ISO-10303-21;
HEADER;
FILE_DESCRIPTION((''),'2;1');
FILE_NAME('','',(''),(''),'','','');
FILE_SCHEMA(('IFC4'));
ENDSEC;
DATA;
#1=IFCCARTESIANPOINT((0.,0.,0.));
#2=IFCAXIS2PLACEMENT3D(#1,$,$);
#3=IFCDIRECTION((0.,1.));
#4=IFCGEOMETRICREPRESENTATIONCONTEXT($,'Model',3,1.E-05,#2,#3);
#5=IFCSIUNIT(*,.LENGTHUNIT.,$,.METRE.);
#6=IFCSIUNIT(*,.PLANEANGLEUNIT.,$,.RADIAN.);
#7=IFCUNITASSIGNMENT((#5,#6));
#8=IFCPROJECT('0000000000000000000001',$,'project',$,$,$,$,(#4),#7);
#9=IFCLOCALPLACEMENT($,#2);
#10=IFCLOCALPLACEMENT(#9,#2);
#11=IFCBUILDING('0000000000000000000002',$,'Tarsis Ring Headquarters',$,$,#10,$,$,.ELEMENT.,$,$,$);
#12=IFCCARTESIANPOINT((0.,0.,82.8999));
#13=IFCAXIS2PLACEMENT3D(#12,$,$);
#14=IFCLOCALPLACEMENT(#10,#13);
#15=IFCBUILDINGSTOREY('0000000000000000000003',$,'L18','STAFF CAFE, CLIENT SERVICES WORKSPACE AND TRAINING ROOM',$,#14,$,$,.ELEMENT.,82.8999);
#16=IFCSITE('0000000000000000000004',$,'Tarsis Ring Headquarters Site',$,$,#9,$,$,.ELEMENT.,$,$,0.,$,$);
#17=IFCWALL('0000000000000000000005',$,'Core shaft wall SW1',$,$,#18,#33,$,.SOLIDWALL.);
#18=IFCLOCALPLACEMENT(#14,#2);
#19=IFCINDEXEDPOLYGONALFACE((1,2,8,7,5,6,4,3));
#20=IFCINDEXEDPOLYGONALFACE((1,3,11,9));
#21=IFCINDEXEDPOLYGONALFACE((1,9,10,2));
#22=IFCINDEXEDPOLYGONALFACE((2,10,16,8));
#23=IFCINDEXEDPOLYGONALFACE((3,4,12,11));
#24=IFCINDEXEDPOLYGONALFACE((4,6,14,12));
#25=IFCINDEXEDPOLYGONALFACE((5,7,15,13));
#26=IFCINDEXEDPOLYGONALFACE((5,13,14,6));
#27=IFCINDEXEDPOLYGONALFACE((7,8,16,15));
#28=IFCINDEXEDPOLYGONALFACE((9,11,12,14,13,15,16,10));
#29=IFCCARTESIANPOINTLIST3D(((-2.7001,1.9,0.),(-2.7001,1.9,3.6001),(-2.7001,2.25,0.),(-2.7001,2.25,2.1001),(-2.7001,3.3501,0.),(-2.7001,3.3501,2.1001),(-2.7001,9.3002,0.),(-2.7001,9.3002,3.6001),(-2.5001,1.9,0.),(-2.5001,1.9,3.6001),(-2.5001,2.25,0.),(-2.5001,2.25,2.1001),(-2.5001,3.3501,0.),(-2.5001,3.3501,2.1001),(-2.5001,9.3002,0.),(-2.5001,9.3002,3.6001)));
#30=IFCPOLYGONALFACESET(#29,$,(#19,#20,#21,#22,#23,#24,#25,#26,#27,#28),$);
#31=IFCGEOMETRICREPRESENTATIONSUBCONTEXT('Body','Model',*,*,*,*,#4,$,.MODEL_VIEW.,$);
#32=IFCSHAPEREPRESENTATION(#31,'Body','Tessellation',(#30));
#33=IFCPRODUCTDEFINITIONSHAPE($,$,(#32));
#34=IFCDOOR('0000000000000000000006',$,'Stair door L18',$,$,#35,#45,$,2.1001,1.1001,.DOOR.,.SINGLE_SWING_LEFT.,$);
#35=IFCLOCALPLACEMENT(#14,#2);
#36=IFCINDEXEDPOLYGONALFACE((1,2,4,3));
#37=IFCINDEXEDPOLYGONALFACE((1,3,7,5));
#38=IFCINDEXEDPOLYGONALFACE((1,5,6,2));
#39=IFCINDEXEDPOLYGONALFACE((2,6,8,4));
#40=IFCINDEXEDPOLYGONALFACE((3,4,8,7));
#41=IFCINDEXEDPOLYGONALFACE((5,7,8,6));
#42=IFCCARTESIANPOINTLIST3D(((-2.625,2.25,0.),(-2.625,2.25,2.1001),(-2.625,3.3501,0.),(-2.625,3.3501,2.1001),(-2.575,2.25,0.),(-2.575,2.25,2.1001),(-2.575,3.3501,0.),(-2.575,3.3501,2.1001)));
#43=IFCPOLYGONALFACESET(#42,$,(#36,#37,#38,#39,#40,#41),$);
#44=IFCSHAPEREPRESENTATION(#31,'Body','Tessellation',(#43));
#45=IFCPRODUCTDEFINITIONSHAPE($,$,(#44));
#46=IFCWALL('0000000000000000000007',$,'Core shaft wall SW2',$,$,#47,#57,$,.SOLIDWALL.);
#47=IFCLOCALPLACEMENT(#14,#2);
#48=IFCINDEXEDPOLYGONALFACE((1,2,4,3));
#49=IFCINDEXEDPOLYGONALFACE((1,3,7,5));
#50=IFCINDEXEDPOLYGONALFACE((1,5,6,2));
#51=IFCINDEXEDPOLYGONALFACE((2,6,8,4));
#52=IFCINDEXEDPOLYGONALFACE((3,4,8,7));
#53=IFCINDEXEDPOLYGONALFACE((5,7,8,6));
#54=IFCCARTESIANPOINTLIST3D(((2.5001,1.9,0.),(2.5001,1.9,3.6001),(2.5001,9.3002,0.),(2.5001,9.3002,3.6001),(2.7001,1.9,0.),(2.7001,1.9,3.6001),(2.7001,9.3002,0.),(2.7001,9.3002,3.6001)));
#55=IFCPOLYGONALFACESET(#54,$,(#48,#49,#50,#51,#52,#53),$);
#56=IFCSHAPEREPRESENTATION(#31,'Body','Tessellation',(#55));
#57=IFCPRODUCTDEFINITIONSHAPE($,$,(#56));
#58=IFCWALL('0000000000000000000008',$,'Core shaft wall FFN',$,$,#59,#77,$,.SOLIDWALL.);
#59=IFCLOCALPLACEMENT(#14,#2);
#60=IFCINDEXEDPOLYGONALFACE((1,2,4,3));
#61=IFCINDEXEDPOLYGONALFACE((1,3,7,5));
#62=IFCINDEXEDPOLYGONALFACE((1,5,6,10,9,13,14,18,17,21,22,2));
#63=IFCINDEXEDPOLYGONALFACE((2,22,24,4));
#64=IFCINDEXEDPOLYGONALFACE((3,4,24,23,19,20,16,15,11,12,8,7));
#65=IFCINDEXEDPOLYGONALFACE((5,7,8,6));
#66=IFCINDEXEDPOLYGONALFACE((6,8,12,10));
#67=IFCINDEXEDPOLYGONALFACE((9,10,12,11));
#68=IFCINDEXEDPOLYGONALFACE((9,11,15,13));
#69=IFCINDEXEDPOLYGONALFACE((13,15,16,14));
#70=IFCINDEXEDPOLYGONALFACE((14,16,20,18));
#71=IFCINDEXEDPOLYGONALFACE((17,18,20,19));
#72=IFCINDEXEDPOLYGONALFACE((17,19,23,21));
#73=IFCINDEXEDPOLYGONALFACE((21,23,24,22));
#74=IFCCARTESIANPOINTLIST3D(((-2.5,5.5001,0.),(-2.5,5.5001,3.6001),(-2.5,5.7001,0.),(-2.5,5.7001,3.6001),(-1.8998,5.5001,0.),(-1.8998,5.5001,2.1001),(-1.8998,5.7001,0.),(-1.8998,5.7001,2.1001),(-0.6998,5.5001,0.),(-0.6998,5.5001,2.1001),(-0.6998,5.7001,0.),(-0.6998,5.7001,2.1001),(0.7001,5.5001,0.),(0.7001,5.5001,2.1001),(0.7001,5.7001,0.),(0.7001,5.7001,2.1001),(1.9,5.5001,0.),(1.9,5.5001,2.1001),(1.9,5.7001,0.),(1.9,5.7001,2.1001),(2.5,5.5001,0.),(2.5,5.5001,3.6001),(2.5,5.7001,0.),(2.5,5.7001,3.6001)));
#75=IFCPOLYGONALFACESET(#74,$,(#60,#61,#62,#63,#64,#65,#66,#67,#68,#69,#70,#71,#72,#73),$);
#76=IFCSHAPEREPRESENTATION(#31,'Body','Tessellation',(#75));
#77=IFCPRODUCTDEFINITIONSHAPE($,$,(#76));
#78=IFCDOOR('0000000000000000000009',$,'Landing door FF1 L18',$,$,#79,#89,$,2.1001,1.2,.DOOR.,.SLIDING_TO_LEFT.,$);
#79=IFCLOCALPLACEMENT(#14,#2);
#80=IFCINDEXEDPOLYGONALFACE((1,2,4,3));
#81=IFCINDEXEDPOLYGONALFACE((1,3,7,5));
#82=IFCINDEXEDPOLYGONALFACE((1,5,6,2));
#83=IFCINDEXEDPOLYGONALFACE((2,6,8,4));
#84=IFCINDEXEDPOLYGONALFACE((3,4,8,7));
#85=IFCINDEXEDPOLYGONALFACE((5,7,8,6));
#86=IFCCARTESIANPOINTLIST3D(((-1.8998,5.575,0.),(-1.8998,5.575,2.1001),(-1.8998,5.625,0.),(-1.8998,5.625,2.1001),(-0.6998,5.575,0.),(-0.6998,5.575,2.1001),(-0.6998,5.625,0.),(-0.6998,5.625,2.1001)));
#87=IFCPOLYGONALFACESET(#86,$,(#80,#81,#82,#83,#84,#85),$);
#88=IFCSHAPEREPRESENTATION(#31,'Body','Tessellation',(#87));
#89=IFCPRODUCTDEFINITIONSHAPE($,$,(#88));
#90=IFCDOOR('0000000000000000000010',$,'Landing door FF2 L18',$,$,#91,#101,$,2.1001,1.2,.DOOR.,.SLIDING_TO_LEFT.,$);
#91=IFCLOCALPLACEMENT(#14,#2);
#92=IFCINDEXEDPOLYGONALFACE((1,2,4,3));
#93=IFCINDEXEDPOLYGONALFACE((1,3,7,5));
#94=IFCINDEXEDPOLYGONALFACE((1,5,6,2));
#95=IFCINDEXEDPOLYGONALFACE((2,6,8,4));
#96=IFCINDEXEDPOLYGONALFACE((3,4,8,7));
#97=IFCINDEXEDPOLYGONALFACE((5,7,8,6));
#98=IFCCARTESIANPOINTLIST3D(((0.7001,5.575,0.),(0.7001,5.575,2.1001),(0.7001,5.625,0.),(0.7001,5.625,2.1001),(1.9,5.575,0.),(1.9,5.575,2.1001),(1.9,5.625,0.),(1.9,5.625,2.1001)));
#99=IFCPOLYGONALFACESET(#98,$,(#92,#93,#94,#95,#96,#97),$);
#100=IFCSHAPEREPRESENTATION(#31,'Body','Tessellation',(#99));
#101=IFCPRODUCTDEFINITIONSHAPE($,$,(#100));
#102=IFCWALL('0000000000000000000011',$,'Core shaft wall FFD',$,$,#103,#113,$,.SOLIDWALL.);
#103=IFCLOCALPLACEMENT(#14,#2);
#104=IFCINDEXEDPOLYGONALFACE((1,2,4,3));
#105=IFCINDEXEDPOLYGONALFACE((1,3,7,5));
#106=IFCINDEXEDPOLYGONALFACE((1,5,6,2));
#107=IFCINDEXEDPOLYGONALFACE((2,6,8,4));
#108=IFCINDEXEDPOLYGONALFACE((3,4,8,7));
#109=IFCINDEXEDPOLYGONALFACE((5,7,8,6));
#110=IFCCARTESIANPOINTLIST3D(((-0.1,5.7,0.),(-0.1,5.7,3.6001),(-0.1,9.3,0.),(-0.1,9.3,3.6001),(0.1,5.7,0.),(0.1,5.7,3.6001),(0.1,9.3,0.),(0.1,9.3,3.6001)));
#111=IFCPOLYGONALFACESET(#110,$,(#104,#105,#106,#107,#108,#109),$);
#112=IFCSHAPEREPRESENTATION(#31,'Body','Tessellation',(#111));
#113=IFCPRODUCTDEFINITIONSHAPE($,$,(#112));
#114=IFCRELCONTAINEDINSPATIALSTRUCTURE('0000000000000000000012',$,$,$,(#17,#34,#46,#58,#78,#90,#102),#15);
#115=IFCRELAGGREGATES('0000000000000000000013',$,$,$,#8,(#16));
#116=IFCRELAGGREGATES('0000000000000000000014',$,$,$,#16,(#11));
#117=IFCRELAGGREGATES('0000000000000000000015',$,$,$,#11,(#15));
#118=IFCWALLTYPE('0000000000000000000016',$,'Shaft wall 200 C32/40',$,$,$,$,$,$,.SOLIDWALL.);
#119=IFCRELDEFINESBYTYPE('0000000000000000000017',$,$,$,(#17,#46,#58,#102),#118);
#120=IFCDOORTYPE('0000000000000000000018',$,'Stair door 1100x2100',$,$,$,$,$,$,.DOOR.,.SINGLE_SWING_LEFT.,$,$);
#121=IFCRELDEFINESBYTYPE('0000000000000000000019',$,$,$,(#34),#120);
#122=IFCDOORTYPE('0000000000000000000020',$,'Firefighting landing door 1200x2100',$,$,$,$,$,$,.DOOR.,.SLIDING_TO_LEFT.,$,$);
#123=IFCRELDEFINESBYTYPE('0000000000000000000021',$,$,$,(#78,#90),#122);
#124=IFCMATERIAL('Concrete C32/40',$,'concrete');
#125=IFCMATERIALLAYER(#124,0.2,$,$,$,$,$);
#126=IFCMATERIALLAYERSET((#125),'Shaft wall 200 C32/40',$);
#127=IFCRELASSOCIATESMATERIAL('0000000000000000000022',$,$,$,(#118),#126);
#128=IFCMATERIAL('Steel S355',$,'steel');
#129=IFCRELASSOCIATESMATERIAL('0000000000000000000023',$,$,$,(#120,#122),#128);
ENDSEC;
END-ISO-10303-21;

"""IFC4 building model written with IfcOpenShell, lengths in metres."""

from ifc_helpers import new_model, si_unit, direction, frame, frame_2d, origin, place, context, subcontext, project, spatial, rectangle, extrude, material, layer, layer_set, type_object, element, fill, save


model = new_model("IFC4")

# Units and contexts
model_context = context("Model", 3, precision=1e-05, world=origin(), true_north=direction((0.0, 1.0)))
body_context = subcontext(model_context, "Body", "Model", "MODEL_VIEW")
ifc_project = project(units=[si_unit("LENGTHUNIT", "METRE"), si_unit("PLANEANGLEUNIT", "RADIAN")], contexts=[model_context])

# Site, building, storey
site_placement = place(None, origin())
site = spatial("IfcSite", under=ifc_project, at=site_placement, Name="Tarsis Ring Headquarters Site", CompositionType="ELEMENT", RefElevation=0.0)
building_placement = place(site_placement, origin())
building = spatial("IfcBuilding", under=site, at=building_placement, Name="Tarsis Ring Headquarters", CompositionType="ELEMENT")
storey_placement = place(building_placement, frame((0.0, 0.0, 82.8999)))
storey = spatial("IfcBuildingStorey", under=building, at=storey_placement, Name="L18", Description="STAFF CAFE, CLIENT SERVICES WORKSPACE AND TRAINING ROOM", CompositionType="ELEMENT", Elevation=82.8999)

# Shared definitions
ifc_material_1 = material(Name="Concrete C32/40", Category="concrete")

# Shared definitions
ifc_layer_1 = layer(ifc_material_1, 0.2)
ifc_layer_set_1 = layer_set([ifc_layer_1], Name="Shaft wall 200 C32/40")
wall_type_1 = type_object("IfcWallType", Name="Shaft wall 200 C32/40", PredefinedType="SOLIDWALL", material=ifc_layer_set_1)
ifc_material_2 = material(Name="Steel S355", Category="steel")
door_type_1 = type_object("IfcDoorType", Name="Stair door 1100x2100", OperationType="SINGLE_SWING_LEFT", PredefinedType="DOOR", material=ifc_material_2)

# Wall, opening, door
wall_1_placement = place(storey_placement, frame((-2.6001, 1.8999, 0.0), z_axis=(0.0, 0.0, 1.0), x_axis=(0.0, 1.0, 0.0)))
wall_1 = element("IfcWall", 1, at=wall_1_placement, inside=storey, type_object=wall_type_1, Name="Core shaft wall SW1", PredefinedType="SOLIDWALL", context=body_context, shape_type="SweptSolid", body=[
    extrude(rectangle(XDim=7.4001, YDim=0.2, at=frame_2d((3.7002, 0.0))), origin(), (0.0, 0.0, 1.0), 3.6001),
])
opening_1_placement = place(wall_1_placement, frame((0.3501, 0.0, 0.0)))
opening_1 = element("IfcOpeningElement", 2, at=opening_1_placement, cuts=wall_1, PredefinedType="OPENING", context=body_context, shape_type="SweptSolid", body=[
    extrude(rectangle(XDim=1.1001, YDim=2.1001, at=frame_2d((0.55, 1.05))), frame((0.0, 0.1099, 0.0), z_axis=(0.0, -1.0, 0.0), x_axis=(1.0, 0.0, 0.0)), (0.0, 0.0, 1.0), 0.22),
])
door_1_placement = place(opening_1_placement, origin())
door_1 = element("IfcDoor", 3, at=door_1_placement, inside=storey, type_object=door_type_1, Name="Stair door L18", OperationType="SINGLE_SWING_LEFT", OverallHeight=2.1001, OverallWidth=1.1001, PredefinedType="DOOR", context=body_context, shape_type="SweptSolid", body=[
    extrude(rectangle(XDim=1.1001, YDim=2.1001, at=frame_2d((0.55, 1.05))), frame((0.0, 0.0249, 0.0), z_axis=(0.0, -1.0, 0.0), x_axis=(1.0, 0.0, 0.0)), (0.0, 0.0, 1.0), 0.05),
])
fill(opening_1, door_1)

# Wall
wall_2_placement = place(storey_placement, frame((2.6001, 1.8999, 0.0), z_axis=(0.0, 0.0, 1.0), x_axis=(0.0, 1.0, 0.0)))
element("IfcWall", 4, at=wall_2_placement, inside=storey, type_object=wall_type_1, Name="Core shaft wall SW2", PredefinedType="SOLIDWALL", context=body_context, shape_type="SweptSolid", body=[
    extrude(rectangle(XDim=7.4001, YDim=0.2, at=frame_2d((3.7002, 0.0))), origin(), (0.0, 0.0, 1.0), 3.6001),
])

# Wall, openings, doors
wall_3_placement = place(storey_placement, frame((-2.5, 5.6001, 0.0), z_axis=(0.0, 0.0, 1.0), x_axis=(1.0, 0.0, 0.0)))
wall_3 = element("IfcWall", 5, at=wall_3_placement, inside=storey, type_object=wall_type_1, Name="Core shaft wall FFN", PredefinedType="SOLIDWALL", context=body_context, shape_type="SweptSolid", body=[
    extrude(rectangle(XDim=5.0, YDim=0.2, at=frame_2d((2.5, 0.0))), origin(), (0.0, 0.0, 1.0), 3.6001),
])
opening_2_placement = place(wall_3_placement, frame((0.6001, 0.0, 0.0)))
opening_2 = element("IfcOpeningElement", 6, at=opening_2_placement, cuts=wall_3, PredefinedType="OPENING", context=body_context, shape_type="SweptSolid", body=[
    extrude(rectangle(XDim=1.2, YDim=2.1001, at=frame_2d((0.6001, 1.05))), frame((0.0, 0.1099, 0.0), z_axis=(0.0, -1.0, 0.0), x_axis=(1.0, 0.0, 0.0)), (0.0, 0.0, 1.0), 0.22),
])
opening_3_placement = place(wall_3_placement, frame((3.2, 0.0, 0.0)))
opening_3 = element("IfcOpeningElement", 7, at=opening_3_placement, cuts=wall_3, PredefinedType="OPENING", context=body_context, shape_type="SweptSolid", body=[
    extrude(rectangle(XDim=1.2, YDim=2.1001, at=frame_2d((0.6001, 1.05))), frame((0.0, 0.1099, 0.0), z_axis=(0.0, -1.0, 0.0), x_axis=(1.0, 0.0, 0.0)), (0.0, 0.0, 1.0), 0.22),
])
door_type_2 = type_object("IfcDoorType", Name="Firefighting landing door 1200x2100", OperationType="SLIDING_TO_LEFT", PredefinedType="DOOR", material=ifc_material_2)
door_2_placement = place(opening_2_placement, origin())
door_2 = element("IfcDoor", 8, at=door_2_placement, inside=storey, type_object=door_type_2, Name="Landing door FF1 L18", OperationType="SLIDING_TO_LEFT", OverallHeight=2.1001, OverallWidth=1.2, PredefinedType="DOOR", context=body_context, shape_type="SweptSolid", body=[
    extrude(rectangle(XDim=1.2, YDim=2.1001, at=frame_2d((0.6001, 1.05))), frame((0.0, 0.0249, 0.0), z_axis=(0.0, -1.0, 0.0), x_axis=(1.0, 0.0, 0.0)), (0.0, 0.0, 1.0), 0.05),
])
fill(opening_2, door_2)
door_3_placement = place(opening_3_placement, origin())
door_3 = element("IfcDoor", 9, at=door_3_placement, inside=storey, type_object=door_type_2, Name="Landing door FF2 L18", OperationType="SLIDING_TO_LEFT", OverallHeight=2.1001, OverallWidth=1.2, PredefinedType="DOOR", context=body_context, shape_type="SweptSolid", body=[
    extrude(rectangle(XDim=1.2, YDim=2.1001, at=frame_2d((0.6001, 1.05))), frame((0.0, 0.0249, 0.0), z_axis=(0.0, -1.0, 0.0), x_axis=(1.0, 0.0, 0.0)), (0.0, 0.0, 1.0), 0.05),
])
fill(opening_3, door_3)

# Wall
wall_4_placement = place(storey_placement, frame((0.0, 5.7, 0.0), z_axis=(0.0, 0.0, 1.0), x_axis=(0.0, 1.0, 0.0)))
element("IfcWall", 10, at=wall_4_placement, inside=storey, type_object=wall_type_1, Name="Core shaft wall FFD", PredefinedType="SOLIDWALL", context=body_context, shape_type="SweptSolid", body=[
    extrude(rectangle(XDim=3.6001, YDim=0.2, at=frame_2d((1.8, 0.0))), origin(), (0.0, 0.0, 1.0), 3.6001),
])

save(model, "model.ifc")
